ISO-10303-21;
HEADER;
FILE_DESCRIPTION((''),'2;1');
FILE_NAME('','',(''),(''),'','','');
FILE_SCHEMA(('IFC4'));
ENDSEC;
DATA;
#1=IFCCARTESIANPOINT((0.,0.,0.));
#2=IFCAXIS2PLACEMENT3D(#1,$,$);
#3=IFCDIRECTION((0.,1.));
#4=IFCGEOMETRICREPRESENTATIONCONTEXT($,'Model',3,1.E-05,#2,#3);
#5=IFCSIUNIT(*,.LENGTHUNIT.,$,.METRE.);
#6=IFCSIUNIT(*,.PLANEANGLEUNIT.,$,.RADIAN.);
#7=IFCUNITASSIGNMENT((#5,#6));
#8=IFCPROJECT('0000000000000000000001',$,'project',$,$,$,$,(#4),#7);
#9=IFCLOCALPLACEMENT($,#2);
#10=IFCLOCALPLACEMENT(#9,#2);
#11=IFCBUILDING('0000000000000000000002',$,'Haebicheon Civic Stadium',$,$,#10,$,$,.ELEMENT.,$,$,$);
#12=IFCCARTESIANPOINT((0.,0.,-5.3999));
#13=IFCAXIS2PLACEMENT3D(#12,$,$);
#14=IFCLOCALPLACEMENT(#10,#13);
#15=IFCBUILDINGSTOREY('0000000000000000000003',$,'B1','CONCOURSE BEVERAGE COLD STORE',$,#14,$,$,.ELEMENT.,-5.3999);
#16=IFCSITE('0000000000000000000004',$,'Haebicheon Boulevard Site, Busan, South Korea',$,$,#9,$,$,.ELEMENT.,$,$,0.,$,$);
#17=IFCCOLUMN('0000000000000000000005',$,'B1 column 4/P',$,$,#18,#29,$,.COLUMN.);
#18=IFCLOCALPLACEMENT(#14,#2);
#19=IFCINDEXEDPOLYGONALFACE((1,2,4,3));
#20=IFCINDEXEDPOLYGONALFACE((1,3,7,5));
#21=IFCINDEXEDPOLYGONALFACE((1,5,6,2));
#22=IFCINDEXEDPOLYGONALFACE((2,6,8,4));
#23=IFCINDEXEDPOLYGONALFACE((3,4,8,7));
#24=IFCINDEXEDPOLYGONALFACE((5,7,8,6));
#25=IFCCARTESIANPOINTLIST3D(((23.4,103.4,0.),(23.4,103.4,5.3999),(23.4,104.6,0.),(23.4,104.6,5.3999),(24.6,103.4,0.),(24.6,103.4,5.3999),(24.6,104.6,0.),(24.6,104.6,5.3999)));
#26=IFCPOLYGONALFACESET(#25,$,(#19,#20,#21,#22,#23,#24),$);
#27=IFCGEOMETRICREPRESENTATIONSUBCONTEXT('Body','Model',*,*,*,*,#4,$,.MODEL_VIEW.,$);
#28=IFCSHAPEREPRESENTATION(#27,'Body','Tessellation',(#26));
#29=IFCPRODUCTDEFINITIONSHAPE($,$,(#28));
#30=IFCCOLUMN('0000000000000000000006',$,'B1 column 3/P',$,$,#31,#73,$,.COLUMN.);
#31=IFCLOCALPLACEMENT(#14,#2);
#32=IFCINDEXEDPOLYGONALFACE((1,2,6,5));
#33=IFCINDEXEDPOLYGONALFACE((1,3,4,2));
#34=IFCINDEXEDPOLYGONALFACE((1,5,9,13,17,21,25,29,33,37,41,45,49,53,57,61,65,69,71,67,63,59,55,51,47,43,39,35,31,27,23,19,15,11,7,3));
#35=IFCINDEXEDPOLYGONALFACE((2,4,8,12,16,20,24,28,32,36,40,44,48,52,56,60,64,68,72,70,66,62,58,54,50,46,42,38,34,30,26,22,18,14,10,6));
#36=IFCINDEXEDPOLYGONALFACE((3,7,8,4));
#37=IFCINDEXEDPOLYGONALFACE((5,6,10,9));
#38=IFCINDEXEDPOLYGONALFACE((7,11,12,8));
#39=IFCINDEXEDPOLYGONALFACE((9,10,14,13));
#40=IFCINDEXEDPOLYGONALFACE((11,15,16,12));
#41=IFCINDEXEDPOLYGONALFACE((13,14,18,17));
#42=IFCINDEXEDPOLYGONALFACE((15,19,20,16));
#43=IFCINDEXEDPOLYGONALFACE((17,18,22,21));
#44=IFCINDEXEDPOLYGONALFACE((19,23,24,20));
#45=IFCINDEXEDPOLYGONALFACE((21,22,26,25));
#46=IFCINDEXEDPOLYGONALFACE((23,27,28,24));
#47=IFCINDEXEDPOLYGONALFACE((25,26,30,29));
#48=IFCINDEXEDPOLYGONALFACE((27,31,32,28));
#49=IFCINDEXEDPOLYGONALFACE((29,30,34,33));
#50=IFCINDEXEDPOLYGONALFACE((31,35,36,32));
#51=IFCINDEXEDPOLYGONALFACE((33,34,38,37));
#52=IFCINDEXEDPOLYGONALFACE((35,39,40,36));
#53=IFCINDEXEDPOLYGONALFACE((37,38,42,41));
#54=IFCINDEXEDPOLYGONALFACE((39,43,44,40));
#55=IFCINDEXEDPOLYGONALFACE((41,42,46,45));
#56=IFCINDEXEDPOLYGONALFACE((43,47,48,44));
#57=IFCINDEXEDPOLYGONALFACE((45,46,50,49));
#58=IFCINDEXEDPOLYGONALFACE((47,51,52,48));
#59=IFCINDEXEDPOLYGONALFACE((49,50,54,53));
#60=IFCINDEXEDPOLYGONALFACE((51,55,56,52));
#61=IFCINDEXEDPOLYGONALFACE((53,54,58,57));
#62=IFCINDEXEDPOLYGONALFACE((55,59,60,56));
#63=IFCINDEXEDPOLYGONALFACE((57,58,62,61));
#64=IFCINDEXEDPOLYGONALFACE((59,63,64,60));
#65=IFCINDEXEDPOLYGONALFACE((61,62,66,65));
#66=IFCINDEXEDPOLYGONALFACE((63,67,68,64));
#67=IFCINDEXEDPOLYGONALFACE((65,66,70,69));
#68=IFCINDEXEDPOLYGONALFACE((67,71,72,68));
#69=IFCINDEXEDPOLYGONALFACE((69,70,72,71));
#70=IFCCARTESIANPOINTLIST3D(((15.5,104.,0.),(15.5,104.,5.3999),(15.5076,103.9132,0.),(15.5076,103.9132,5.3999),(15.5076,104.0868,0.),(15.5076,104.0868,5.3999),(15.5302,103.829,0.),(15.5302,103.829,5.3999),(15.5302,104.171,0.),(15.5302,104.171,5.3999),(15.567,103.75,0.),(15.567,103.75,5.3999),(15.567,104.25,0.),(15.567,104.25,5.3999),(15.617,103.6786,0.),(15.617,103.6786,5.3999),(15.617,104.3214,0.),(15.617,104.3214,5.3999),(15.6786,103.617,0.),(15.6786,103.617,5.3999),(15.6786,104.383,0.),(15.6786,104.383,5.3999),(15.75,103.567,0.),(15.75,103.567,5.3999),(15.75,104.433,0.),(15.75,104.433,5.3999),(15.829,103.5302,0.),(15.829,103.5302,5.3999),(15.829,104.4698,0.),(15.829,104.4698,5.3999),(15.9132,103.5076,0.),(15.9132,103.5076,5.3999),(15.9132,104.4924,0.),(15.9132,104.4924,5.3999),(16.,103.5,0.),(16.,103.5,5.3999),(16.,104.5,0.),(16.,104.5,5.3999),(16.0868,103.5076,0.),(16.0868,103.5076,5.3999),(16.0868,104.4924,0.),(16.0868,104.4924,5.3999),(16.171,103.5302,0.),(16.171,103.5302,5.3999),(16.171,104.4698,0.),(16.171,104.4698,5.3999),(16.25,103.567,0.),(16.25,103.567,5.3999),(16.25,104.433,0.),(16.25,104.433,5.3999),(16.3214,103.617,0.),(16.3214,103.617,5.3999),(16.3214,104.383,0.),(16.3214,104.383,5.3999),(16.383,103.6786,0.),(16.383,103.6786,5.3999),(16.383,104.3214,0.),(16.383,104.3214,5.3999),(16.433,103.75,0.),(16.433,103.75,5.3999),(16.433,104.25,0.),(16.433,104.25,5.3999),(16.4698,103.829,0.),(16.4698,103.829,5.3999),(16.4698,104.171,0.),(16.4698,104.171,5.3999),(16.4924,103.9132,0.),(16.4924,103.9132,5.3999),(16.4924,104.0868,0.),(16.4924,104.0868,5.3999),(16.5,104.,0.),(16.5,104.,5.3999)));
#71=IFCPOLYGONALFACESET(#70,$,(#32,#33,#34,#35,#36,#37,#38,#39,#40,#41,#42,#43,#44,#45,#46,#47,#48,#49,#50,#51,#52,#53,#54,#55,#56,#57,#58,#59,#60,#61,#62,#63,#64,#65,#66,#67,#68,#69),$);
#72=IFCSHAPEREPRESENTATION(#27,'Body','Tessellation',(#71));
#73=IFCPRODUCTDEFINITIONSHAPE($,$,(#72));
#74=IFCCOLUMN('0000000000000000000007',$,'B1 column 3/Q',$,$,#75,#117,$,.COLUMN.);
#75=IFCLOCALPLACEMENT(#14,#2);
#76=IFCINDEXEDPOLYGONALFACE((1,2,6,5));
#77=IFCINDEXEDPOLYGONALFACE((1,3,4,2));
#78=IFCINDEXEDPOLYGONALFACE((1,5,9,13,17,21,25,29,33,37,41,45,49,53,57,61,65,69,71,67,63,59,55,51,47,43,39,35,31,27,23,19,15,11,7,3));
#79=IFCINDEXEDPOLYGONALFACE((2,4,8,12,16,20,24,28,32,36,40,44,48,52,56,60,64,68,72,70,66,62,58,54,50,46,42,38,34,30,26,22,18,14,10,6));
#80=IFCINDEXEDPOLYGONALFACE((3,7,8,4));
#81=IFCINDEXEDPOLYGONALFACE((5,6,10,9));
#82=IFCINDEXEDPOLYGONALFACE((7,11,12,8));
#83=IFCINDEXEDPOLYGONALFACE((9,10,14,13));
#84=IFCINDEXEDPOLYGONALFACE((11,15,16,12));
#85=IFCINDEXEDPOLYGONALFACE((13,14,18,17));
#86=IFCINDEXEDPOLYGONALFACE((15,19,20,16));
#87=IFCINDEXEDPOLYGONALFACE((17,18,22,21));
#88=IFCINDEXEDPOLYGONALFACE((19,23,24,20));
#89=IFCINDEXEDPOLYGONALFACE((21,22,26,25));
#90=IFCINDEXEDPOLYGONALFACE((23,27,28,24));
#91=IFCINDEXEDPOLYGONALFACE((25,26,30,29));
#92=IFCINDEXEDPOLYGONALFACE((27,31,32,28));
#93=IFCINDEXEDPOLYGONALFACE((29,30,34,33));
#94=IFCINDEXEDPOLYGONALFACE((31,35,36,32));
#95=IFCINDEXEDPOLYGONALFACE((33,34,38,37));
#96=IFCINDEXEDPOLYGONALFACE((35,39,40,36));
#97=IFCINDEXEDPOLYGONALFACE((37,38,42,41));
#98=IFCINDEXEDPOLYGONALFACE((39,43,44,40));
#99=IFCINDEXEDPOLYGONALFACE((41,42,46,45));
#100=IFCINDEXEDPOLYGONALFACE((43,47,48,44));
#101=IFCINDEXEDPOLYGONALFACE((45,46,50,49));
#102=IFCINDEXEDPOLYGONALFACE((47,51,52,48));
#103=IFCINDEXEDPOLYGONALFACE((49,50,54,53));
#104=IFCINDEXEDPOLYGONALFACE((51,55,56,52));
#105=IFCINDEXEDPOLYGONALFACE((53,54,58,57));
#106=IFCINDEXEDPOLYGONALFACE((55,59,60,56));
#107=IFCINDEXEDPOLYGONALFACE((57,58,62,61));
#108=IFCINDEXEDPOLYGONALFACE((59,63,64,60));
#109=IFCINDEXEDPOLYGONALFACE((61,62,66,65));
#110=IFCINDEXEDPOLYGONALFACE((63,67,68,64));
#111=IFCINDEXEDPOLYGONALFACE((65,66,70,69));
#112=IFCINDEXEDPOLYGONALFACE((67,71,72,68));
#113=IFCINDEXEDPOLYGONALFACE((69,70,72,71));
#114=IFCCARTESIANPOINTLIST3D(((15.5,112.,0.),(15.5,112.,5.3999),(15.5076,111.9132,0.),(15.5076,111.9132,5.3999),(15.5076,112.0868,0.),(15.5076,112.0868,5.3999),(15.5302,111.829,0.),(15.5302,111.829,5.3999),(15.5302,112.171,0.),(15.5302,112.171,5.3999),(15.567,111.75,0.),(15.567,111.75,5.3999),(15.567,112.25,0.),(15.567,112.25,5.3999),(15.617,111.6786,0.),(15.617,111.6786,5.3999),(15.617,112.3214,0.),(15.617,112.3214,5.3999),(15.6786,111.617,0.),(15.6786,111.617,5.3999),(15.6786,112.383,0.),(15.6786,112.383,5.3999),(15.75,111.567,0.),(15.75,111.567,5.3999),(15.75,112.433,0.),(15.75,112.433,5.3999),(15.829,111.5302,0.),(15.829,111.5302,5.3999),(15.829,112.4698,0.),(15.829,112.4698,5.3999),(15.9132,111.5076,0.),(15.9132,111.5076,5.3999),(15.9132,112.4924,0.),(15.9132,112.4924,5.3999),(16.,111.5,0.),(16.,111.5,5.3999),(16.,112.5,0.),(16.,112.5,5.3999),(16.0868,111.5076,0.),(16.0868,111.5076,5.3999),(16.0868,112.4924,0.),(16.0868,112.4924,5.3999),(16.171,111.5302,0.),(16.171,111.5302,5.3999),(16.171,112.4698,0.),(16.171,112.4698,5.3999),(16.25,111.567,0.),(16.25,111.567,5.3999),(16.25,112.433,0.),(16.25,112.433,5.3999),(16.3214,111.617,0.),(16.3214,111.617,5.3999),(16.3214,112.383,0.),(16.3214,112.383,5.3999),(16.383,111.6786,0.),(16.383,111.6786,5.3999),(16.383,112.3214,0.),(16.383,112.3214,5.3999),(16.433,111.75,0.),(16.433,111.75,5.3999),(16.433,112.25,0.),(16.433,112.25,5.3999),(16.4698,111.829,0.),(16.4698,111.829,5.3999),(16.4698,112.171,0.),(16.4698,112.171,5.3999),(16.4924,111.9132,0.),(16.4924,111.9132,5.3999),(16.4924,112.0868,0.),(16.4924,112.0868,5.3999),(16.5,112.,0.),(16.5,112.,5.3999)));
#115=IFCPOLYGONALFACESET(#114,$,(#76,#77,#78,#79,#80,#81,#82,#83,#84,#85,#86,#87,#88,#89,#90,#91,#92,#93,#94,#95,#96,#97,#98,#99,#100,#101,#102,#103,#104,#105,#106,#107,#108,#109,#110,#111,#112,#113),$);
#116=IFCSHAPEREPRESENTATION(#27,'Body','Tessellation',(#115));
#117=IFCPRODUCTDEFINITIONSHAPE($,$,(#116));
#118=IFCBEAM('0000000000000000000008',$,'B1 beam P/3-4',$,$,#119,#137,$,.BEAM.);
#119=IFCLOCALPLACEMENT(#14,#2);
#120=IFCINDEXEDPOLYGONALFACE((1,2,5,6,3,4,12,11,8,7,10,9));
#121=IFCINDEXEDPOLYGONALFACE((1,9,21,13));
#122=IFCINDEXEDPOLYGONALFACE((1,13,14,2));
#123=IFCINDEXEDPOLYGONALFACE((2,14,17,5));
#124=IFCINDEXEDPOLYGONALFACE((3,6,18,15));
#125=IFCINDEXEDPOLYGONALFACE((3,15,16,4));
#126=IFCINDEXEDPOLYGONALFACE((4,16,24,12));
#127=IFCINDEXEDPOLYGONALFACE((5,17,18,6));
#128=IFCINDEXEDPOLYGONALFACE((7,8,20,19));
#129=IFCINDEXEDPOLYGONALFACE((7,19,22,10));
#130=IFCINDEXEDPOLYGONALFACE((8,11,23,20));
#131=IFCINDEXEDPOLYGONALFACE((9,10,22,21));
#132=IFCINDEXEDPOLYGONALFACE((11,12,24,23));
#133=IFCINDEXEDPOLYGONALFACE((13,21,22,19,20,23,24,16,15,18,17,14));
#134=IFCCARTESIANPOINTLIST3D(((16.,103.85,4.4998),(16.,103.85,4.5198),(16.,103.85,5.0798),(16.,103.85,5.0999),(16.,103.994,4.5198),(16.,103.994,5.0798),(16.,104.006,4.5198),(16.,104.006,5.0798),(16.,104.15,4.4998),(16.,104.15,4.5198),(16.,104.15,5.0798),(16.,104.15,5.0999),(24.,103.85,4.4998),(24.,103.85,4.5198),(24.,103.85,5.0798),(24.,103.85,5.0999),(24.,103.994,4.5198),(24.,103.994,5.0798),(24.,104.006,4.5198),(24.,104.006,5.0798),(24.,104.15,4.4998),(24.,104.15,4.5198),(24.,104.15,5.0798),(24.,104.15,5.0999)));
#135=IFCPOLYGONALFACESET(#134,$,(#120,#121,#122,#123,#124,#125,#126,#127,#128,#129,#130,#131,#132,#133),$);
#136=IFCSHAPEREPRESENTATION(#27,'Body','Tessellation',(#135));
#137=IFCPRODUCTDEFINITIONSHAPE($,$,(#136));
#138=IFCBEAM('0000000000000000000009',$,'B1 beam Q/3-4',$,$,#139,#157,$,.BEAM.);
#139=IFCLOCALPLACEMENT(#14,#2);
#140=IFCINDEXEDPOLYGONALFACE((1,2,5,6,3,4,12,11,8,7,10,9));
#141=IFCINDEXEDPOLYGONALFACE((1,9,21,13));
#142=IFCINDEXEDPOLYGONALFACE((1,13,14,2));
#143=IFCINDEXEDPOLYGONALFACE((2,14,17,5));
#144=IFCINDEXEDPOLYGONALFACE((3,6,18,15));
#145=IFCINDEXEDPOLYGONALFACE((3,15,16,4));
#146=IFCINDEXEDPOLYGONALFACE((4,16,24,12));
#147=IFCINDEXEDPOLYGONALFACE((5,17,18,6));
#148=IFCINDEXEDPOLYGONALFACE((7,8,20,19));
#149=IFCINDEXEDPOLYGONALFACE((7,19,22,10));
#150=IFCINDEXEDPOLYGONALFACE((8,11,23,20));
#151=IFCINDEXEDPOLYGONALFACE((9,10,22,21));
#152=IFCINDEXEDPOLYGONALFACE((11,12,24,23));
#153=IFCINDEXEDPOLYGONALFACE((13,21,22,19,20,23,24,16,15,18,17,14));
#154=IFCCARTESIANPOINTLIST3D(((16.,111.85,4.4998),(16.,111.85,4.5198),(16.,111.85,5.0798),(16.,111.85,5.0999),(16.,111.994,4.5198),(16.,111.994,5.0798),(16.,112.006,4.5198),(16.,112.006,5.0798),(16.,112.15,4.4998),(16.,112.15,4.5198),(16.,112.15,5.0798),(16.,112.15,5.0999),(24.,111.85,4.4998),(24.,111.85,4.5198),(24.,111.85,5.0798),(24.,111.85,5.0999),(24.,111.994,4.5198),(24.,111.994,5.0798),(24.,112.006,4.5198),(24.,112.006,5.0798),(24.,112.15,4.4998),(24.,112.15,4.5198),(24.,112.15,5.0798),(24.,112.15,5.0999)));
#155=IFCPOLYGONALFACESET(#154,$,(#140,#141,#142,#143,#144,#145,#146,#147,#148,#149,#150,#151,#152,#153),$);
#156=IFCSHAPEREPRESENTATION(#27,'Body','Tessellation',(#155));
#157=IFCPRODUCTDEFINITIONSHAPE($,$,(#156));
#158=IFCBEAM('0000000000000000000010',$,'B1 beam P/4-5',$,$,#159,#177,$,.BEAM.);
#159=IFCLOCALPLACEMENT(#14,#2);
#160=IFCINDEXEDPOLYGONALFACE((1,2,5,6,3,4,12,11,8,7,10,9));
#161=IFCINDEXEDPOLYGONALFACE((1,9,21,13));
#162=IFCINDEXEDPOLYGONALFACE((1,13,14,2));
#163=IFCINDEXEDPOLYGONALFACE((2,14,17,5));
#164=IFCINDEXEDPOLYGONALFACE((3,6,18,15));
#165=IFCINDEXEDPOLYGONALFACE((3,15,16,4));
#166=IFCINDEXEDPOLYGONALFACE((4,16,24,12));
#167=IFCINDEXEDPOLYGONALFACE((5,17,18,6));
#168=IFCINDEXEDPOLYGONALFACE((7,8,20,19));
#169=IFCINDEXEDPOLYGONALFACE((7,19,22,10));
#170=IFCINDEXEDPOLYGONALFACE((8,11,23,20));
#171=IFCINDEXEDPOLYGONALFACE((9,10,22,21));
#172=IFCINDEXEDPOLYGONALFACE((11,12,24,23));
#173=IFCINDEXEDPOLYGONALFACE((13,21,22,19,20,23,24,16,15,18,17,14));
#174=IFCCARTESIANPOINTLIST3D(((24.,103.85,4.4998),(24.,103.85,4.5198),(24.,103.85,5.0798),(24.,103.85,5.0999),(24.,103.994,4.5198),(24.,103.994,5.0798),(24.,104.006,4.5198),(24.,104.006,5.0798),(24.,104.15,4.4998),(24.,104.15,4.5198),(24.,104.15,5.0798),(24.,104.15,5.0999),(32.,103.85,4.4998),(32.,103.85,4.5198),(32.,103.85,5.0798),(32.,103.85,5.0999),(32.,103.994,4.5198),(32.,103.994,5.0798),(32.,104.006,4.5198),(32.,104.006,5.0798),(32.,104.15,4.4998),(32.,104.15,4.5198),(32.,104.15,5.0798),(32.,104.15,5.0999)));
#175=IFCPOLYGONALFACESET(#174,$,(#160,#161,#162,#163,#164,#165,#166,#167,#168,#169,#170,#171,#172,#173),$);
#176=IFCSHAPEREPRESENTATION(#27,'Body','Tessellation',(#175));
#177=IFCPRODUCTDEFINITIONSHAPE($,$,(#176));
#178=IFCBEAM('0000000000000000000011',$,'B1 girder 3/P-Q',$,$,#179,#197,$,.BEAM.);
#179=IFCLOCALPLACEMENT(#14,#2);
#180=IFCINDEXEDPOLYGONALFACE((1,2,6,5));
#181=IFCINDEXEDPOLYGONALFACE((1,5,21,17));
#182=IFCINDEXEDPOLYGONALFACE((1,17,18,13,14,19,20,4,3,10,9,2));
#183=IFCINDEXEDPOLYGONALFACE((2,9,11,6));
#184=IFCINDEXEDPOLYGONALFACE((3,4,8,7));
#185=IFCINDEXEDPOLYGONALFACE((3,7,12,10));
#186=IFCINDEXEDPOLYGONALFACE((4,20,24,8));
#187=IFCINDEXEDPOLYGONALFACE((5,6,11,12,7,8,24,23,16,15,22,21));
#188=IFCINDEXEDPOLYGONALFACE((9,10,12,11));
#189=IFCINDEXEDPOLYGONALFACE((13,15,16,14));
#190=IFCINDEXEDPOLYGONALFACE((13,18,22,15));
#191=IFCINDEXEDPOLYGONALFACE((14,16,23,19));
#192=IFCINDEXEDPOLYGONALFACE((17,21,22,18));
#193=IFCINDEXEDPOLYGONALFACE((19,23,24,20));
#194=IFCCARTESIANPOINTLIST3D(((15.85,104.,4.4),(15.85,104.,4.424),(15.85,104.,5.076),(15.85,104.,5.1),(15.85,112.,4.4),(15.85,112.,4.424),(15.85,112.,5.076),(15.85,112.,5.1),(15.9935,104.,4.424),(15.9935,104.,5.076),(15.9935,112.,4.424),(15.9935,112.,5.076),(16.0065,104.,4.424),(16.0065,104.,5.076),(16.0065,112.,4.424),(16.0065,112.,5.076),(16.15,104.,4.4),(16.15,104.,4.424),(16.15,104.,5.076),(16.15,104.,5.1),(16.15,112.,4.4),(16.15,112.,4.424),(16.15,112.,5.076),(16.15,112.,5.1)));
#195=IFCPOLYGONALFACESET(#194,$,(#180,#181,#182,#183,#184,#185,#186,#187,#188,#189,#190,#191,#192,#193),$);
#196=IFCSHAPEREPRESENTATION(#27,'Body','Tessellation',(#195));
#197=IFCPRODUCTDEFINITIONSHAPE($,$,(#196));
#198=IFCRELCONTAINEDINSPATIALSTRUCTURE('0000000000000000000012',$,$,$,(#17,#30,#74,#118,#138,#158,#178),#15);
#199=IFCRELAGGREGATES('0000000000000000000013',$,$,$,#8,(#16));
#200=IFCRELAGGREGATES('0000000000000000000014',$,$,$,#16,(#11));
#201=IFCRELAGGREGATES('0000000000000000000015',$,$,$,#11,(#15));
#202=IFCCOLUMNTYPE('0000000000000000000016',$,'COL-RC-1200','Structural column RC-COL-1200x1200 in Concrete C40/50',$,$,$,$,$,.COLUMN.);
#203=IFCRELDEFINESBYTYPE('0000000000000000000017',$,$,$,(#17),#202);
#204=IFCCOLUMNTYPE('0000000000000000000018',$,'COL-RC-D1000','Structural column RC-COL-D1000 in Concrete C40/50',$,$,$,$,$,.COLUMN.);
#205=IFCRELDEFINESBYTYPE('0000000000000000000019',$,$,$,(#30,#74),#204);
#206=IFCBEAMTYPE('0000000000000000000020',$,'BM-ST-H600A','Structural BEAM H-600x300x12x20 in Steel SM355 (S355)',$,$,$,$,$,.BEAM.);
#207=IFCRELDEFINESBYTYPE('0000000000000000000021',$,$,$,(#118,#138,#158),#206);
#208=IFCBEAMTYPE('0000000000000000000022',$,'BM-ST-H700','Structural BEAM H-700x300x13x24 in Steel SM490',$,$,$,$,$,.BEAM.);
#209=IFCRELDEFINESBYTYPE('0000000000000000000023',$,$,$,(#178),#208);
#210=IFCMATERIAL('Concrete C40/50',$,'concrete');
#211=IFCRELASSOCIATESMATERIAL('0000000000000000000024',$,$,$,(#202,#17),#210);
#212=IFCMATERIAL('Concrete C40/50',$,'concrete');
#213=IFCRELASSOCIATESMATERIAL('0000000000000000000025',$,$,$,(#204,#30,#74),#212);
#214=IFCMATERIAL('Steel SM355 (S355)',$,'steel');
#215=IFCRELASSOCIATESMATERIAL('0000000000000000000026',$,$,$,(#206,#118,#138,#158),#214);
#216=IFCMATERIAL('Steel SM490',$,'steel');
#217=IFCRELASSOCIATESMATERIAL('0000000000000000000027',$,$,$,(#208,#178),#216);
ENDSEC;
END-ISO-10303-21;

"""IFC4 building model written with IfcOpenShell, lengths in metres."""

from ifc_helpers import new_model, si_unit, direction, frame, origin, origin_2d, place, context, subcontext, project, spatial, rectangle, circle, i_section, extrude, material, material_profile, profile_set, type_object, element, save


model = new_model("IFC4")

# Units and contexts
model_context = context("Model", 3, precision=1e-05, world=origin(), true_north=direction((0.0, 1.0)))
body_context = subcontext(model_context, "Body", "Model", "MODEL_VIEW")
ifc_project = project(units=[si_unit("LENGTHUNIT", "METRE"), si_unit("PLANEANGLEUNIT", "RADIAN")], contexts=[model_context])

# Site, building, storey
site_placement = place(None, origin())
site = spatial("IfcSite", under=ifc_project, at=site_placement, Name="Haebicheon Boulevard Site, Busan, South Korea", CompositionType="ELEMENT", RefElevation=0.0)
building_placement = place(site_placement, origin())
building = spatial("IfcBuilding", under=site, at=building_placement, Name="Haebicheon Civic Stadium", CompositionType="ELEMENT")
storey_placement = place(building_placement, frame((0.0, 0.0, -5.3999)))
storey = spatial("IfcBuildingStorey", under=building, at=storey_placement, Name="B1", Description="CONCOURSE BEVERAGE COLD STORE", CompositionType="ELEMENT", Elevation=-5.3999)

# Columns
ifc_material_1 = material(Name="Concrete C40/50", Category="concrete")
ifc_material_profile_1 = material_profile(ifc_material_1, rectangle(XDim=1.2, YDim=1.2, at=origin_2d()), Name="RC-COL-1200x1200")
ifc_profile_set_1 = profile_set([ifc_material_profile_1], Name="Concrete C40/50")
column_type_1 = type_object("IfcColumnType", Name="COL-RC-1200", Description="Structural column RC-COL-1200x1200 in Concrete C40/50", PredefinedType="COLUMN", material=ifc_profile_set_1)
column_placement = place(storey_placement, frame((24.0, 104.0, 0.0), z_axis=(0.0, 0.0, 1.0), x_axis=(1.0, 0.0, 0.0)))
element("IfcColumn", 1, at=column_placement, inside=storey, type_object=column_type_1, material=ifc_profile_set_1, Name="B1 column 4/P", PredefinedType="COLUMN", context=body_context, shape_type="SweptSolid", body=[
    extrude(rectangle(XDim=1.2, YDim=1.2, at=origin_2d()), origin(), (0.0, 0.0, 1.0), 5.3999),
])
ifc_material_2 = material(Name="Concrete C40/50", Category="concrete")
ifc_material_profile_2 = material_profile(ifc_material_2, circle(Radius=0.5, at=origin_2d()), Name="RC-COL-D1000")
ifc_profile_set_2 = profile_set([ifc_material_profile_2], Name="Concrete C40/50")
column_type_2 = type_object("IfcColumnType", Name="COL-RC-D1000", Description="Structural column RC-COL-D1000 in Concrete C40/50", PredefinedType="COLUMN", material=ifc_profile_set_2)
for number, where, z_axis, x_axis, name in (
    (2, (16.0, 104.0, 0.0), (0.0, 0.0, 1.0), (1.0, 0.0, 0.0), "B1 column 3/P"),
    (3, (16.0, 112.0, 0.0), (0.0, 0.0, 1.0), (1.0, 0.0, 0.0), "B1 column 3/Q"),
):
    element("IfcColumn", number, at=place(storey_placement, frame(where, z_axis=z_axis, x_axis=x_axis)), inside=storey, type_object=column_type_2, material=ifc_profile_set_2, Name=name, PredefinedType="COLUMN", context=body_context, shape_type="SweptSolid", body=[
        extrude(circle(Radius=0.5, at=origin_2d()), origin(), (0.0, 0.0, 1.0), 5.3999),
    ])

# Beams
ifc_material_3 = material(Name="Steel SM355 (S355)", Category="steel")
ifc_material_profile_3 = material_profile(ifc_material_3, i_section(OverallWidth=0.3, OverallDepth=0.6001, WebThickness=0.012, FlangeThickness=0.02, at=origin_2d()), Name="H-600x300x12x20")
ifc_profile_set_3 = profile_set([ifc_material_profile_3], Name="Steel SM355 (S355)")
beam_type_1 = type_object("IfcBeamType", Name="BM-ST-H600A", Description="Structural BEAM H-600x300x12x20 in Steel SM355 (S355)", PredefinedType="BEAM", material=ifc_profile_set_3)
for number, where, z_axis, x_axis, name in (
    (4, (16.0, 104.0, 4.7998), (1.0, 0.0, 0.0), (0.0, 1.0, 0.0), "B1 beam P/3-4"),
    (5, (16.0, 112.0, 4.7998), (1.0, 0.0, 0.0), (0.0, 1.0, 0.0), "B1 beam Q/3-4"),
    (6, (24.0, 104.0, 4.7998), (1.0, 0.0, 0.0), (0.0, 1.0, 0.0), "B1 beam P/4-5"),
):
    element("IfcBeam", number, at=place(storey_placement, frame(where, z_axis=z_axis, x_axis=x_axis)), inside=storey, type_object=beam_type_1, material=ifc_profile_set_3, Name=name, PredefinedType="BEAM", context=body_context, shape_type="SweptSolid", body=[
        extrude(i_section(OverallWidth=0.3, OverallDepth=0.6001, WebThickness=0.012, FlangeThickness=0.02, at=origin_2d()), origin(), (0.0, 0.0, 1.0), 8.0),
    ])
ifc_material_4 = material(Name="Steel SM490", Category="steel")
ifc_material_profile_4 = material_profile(ifc_material_4, i_section(OverallWidth=0.3, OverallDepth=0.7, WebThickness=0.0129, FlangeThickness=0.0239, at=origin_2d()), Name="H-700x300x13x24")
ifc_profile_set_4 = profile_set([ifc_material_profile_4], Name="Steel SM490")
beam_type_2 = type_object("IfcBeamType", Name="BM-ST-H700", Description="Structural BEAM H-700x300x13x24 in Steel SM490", PredefinedType="BEAM", material=ifc_profile_set_4)
for number, where, z_axis, x_axis, name in (
    (7, (16.0, 104.0, 4.75), (0.0, 1.0, 0.0), (-1.0, 0.0, 0.0), "B1 girder 3/P-Q"),
):
    element("IfcBeam", number, at=place(storey_placement, frame(where, z_axis=z_axis, x_axis=x_axis)), inside=storey, type_object=beam_type_2, material=ifc_profile_set_4, Name=name, PredefinedType="BEAM", context=body_context, shape_type="SweptSolid", body=[
        extrude(i_section(OverallWidth=0.3, OverallDepth=0.7, WebThickness=0.0129, FlangeThickness=0.0239, at=origin_2d()), origin(), (0.0, 0.0, 1.0), 8.0),
    ])

save(model, "model.ifc")
